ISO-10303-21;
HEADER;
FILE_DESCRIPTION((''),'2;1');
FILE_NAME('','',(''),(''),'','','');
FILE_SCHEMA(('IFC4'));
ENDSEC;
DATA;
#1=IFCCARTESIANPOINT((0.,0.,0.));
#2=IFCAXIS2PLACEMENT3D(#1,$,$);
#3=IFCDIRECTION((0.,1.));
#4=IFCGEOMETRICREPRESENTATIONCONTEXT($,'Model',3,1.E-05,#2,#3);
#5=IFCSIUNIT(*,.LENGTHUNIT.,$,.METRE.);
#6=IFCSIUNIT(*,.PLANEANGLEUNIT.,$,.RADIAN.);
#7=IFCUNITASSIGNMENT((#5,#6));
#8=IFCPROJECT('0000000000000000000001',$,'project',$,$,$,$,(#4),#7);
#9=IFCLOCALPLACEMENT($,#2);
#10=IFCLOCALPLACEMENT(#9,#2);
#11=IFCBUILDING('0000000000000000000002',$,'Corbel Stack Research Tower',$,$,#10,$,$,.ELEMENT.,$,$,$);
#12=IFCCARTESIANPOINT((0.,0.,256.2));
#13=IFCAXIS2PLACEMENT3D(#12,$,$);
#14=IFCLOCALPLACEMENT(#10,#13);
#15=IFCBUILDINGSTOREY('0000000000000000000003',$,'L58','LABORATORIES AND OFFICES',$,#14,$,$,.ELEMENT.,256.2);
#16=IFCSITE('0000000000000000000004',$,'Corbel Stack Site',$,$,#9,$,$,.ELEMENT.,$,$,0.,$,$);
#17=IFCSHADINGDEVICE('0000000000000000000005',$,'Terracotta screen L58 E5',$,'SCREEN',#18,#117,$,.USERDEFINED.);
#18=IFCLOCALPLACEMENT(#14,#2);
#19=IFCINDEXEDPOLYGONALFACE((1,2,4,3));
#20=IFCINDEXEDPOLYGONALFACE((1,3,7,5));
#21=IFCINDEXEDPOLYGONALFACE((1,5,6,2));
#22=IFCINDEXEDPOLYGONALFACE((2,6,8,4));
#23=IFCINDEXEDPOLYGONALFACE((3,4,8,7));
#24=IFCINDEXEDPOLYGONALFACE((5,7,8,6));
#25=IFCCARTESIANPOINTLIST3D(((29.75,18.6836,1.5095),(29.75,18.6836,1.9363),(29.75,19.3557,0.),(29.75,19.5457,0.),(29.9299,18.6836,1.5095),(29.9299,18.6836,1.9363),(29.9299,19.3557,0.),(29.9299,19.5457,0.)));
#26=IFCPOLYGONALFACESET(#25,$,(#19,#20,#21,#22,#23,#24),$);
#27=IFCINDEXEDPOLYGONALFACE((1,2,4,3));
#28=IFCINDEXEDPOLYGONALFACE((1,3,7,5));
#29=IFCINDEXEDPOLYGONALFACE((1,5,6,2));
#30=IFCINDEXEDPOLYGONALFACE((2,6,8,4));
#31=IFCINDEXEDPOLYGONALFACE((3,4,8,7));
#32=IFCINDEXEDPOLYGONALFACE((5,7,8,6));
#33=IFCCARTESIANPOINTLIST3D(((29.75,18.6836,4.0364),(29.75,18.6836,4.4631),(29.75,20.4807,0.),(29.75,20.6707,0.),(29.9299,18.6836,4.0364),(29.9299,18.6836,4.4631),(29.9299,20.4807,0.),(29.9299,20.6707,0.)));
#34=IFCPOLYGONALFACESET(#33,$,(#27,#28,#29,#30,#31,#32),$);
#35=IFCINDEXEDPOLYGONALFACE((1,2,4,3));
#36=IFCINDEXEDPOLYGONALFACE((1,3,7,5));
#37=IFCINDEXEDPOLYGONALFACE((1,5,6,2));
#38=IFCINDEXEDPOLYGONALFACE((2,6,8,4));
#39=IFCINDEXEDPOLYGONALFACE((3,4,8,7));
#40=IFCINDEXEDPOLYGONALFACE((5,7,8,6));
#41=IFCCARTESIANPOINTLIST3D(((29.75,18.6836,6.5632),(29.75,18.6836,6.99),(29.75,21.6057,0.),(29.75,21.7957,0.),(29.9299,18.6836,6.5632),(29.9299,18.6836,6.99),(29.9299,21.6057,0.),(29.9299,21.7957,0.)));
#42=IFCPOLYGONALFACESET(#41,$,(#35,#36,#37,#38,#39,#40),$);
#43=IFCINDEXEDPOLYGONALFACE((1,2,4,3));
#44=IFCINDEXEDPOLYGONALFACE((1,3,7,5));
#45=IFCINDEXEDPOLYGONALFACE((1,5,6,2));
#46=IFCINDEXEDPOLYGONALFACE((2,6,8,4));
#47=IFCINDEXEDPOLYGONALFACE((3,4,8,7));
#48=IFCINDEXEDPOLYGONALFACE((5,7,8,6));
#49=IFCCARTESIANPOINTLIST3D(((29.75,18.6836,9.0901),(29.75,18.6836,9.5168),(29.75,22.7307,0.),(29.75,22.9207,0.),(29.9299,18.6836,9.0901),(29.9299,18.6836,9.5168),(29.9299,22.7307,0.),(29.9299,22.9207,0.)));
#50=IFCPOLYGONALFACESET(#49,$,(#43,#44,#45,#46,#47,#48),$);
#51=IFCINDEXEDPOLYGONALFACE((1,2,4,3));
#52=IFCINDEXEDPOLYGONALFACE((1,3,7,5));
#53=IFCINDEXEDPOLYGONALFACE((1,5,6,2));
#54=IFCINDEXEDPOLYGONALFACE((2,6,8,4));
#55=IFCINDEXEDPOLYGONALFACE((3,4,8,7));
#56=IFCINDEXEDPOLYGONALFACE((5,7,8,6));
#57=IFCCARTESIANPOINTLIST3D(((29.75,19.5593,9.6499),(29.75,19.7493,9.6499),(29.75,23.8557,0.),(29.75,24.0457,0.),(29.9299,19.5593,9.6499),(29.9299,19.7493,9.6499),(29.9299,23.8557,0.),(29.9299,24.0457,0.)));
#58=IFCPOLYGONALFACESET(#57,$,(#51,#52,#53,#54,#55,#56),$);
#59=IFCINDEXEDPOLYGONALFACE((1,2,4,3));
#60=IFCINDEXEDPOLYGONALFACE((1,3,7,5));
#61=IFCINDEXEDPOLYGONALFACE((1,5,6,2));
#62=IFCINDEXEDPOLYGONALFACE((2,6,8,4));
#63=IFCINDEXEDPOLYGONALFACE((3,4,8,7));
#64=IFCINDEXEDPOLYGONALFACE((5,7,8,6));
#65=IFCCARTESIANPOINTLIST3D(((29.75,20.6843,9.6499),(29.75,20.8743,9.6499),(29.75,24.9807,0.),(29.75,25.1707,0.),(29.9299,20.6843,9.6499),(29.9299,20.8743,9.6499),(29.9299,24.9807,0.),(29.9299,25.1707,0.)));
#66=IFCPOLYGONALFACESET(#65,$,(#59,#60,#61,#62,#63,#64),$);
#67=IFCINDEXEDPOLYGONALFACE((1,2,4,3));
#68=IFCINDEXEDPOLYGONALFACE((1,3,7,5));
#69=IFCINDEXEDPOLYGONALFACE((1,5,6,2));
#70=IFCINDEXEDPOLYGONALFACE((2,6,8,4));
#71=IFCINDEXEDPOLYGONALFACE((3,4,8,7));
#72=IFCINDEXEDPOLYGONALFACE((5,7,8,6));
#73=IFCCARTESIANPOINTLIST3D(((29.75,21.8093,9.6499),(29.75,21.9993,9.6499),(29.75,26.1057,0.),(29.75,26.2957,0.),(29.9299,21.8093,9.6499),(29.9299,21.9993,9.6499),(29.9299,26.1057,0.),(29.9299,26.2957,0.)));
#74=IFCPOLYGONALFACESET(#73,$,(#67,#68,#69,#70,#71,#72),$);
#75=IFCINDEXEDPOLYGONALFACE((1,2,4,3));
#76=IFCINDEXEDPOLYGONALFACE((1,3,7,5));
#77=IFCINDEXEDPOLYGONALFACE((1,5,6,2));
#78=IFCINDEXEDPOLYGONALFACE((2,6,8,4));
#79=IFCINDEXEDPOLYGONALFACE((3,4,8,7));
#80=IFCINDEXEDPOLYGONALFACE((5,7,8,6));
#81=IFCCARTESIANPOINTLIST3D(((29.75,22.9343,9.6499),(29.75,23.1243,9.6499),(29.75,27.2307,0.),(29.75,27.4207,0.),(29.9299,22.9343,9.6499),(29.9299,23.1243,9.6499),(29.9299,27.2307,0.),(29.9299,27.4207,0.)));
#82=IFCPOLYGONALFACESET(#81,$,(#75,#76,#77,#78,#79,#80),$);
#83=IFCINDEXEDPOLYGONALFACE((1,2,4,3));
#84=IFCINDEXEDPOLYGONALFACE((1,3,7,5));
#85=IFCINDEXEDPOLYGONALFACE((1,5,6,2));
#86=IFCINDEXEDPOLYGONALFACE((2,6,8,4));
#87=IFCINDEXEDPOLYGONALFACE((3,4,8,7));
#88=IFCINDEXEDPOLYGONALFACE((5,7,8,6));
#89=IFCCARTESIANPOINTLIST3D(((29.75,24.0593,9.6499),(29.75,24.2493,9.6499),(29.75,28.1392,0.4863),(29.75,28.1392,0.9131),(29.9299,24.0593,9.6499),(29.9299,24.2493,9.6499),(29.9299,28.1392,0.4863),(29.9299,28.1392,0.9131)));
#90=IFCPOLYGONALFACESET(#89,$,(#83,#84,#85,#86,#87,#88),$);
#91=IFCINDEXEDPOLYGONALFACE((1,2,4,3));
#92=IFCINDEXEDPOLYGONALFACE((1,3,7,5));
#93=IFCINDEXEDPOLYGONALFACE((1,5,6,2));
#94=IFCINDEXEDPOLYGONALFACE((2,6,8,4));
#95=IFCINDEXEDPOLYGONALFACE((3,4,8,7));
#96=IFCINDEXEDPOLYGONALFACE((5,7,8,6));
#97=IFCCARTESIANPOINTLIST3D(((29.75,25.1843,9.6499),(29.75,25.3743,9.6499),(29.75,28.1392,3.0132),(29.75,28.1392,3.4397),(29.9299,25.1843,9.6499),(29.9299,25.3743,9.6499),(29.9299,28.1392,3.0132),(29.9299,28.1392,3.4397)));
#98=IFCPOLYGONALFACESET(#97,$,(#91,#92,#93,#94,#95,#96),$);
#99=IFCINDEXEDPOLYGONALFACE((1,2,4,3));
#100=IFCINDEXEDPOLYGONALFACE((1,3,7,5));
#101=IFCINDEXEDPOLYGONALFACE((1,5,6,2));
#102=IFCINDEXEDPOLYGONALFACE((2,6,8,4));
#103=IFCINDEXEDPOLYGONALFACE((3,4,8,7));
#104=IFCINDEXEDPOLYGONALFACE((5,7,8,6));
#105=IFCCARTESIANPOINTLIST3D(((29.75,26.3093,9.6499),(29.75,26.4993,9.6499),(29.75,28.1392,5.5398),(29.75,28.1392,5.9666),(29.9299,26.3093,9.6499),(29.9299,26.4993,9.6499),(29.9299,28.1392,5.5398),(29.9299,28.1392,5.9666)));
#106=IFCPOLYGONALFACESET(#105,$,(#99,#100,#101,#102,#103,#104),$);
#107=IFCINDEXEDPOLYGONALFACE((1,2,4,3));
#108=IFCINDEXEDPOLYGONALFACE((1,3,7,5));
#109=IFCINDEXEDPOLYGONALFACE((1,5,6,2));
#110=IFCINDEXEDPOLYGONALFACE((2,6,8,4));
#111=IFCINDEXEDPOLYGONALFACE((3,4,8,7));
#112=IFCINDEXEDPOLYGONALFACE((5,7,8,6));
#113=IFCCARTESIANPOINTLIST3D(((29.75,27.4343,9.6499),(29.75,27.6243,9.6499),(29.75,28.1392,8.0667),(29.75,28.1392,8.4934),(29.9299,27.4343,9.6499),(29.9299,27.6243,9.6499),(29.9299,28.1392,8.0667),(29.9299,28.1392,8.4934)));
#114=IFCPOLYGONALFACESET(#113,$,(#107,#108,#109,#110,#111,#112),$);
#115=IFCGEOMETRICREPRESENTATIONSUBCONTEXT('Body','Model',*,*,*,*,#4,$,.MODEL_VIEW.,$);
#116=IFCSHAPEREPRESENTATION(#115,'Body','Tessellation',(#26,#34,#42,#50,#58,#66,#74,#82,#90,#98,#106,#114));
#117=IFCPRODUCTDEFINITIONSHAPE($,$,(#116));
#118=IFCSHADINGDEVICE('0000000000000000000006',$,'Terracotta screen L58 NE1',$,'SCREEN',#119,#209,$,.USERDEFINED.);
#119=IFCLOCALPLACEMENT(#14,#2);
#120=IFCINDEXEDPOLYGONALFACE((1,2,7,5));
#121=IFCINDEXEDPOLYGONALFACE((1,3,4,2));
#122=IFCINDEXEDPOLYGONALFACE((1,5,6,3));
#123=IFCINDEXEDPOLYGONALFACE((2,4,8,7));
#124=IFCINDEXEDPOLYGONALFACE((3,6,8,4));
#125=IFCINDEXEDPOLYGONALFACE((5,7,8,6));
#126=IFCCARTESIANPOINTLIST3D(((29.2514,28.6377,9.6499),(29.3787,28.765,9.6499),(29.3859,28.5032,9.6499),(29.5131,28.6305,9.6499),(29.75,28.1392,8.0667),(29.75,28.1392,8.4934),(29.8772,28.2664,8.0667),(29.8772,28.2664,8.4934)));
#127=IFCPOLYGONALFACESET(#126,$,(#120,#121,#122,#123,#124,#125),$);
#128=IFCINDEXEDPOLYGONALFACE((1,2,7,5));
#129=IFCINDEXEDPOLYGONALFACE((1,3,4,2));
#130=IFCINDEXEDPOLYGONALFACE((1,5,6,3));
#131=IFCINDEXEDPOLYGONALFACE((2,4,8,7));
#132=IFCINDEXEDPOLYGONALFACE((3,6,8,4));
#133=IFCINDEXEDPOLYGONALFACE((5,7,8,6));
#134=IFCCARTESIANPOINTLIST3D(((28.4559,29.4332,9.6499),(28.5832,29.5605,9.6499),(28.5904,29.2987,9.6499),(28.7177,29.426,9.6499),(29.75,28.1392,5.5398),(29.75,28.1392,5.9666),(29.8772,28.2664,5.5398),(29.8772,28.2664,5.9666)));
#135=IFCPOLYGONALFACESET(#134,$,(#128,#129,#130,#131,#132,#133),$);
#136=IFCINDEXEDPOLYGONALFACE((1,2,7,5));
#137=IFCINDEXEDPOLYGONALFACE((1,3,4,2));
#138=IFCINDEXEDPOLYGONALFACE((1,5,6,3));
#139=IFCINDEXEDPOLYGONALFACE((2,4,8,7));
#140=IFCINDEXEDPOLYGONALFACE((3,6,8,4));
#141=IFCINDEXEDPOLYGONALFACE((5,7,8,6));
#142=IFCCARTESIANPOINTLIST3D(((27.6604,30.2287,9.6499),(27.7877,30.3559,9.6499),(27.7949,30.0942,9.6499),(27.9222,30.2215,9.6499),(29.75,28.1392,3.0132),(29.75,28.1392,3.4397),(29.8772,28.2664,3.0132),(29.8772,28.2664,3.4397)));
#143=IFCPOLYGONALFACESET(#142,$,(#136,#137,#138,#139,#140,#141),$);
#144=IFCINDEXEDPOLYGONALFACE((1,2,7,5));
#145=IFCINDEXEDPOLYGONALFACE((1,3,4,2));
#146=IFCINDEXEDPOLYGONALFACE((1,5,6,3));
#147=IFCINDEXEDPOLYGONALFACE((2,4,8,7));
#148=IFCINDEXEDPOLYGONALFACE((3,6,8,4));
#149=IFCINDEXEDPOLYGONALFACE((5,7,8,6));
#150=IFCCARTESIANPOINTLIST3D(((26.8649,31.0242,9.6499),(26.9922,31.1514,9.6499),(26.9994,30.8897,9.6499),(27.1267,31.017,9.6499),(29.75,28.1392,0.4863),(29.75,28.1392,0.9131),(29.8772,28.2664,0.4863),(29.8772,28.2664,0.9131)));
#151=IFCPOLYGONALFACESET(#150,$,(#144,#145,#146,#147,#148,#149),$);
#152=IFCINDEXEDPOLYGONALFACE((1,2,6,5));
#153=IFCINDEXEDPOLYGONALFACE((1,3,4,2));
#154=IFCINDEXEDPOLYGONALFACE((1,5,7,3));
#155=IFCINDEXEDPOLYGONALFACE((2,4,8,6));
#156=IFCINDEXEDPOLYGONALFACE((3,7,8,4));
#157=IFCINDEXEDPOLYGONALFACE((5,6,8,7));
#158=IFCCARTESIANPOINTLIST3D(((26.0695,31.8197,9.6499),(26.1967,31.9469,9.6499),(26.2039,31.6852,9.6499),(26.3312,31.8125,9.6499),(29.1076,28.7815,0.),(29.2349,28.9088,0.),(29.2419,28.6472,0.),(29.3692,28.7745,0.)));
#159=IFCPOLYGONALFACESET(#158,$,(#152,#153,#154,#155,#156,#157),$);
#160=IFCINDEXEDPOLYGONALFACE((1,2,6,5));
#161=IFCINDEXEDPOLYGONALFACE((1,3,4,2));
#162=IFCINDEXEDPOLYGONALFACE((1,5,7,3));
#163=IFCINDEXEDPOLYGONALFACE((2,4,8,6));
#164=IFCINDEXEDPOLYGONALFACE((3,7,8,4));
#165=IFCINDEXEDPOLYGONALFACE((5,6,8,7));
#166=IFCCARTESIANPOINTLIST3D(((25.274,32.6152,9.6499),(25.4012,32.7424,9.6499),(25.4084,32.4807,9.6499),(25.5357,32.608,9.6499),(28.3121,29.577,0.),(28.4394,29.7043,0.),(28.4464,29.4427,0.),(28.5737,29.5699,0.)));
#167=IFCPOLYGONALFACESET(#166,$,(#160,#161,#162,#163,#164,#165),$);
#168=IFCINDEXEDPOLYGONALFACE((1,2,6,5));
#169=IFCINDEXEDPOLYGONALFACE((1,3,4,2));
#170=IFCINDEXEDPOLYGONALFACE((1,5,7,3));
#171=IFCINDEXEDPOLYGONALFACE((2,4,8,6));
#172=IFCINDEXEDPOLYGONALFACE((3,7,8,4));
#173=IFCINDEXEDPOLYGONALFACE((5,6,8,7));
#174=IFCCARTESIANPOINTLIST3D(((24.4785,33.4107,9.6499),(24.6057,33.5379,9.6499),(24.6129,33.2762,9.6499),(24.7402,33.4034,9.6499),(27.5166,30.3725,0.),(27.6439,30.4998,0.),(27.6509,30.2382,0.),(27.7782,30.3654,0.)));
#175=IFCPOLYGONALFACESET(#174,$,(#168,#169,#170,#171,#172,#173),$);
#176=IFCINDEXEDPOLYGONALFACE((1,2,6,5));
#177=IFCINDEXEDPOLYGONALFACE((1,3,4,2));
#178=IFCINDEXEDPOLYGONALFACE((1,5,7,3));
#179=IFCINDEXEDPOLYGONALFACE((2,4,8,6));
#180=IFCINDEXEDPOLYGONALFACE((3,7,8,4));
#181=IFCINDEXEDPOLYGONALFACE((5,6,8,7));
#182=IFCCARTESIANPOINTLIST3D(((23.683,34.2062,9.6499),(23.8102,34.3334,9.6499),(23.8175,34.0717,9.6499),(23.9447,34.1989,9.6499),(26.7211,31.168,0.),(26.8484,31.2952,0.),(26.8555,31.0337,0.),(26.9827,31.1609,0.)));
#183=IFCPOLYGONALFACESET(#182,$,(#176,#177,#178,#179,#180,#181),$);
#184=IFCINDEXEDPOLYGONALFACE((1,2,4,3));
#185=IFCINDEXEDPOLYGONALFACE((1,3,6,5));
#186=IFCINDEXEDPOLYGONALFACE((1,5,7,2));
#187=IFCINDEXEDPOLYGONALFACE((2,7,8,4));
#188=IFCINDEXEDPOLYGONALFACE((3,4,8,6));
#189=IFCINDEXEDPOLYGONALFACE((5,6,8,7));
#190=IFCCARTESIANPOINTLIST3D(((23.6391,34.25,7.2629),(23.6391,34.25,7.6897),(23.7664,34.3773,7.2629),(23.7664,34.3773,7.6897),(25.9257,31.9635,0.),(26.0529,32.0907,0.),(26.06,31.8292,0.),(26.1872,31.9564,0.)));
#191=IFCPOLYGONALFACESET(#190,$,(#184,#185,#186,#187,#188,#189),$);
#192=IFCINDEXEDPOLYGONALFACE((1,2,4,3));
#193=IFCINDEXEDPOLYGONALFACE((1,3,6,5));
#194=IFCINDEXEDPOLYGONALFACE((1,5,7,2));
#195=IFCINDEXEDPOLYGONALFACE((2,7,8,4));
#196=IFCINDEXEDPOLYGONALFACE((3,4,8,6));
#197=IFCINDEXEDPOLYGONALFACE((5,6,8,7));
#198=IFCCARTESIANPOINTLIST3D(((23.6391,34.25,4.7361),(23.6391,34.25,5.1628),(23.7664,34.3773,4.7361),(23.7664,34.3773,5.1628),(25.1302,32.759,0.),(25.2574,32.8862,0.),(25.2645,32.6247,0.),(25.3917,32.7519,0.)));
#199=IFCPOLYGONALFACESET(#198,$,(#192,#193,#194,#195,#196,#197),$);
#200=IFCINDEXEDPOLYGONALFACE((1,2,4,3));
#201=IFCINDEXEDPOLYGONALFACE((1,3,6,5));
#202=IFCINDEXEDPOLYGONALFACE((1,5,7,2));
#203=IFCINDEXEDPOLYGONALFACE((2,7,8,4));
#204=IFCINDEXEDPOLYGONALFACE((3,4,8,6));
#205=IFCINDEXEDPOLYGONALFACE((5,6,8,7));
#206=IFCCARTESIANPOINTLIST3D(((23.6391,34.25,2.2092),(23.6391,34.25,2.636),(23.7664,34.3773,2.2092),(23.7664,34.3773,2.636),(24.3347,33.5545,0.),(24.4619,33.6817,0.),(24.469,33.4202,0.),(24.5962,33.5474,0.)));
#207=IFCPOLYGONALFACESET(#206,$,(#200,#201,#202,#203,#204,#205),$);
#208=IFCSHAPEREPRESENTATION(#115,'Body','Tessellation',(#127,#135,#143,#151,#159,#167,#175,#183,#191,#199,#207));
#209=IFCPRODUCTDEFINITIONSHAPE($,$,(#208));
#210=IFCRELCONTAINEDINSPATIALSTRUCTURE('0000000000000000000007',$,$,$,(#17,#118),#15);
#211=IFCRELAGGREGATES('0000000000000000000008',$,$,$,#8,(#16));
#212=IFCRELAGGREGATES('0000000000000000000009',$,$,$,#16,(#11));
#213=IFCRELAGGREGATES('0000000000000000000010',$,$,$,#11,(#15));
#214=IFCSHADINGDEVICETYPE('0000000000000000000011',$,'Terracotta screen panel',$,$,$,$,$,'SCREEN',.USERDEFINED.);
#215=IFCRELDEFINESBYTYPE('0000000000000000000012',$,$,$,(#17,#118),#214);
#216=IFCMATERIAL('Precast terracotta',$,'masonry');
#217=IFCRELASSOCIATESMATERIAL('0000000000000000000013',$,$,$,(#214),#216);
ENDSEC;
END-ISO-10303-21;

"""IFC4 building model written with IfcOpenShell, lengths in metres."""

from ifc_helpers import new_model, si_unit, direction, frame, origin, place, context, subcontext, project, spatial, polyline, outline, extrude, source, transform, mapped, material, type_object, element, save


model = new_model("IFC4")

# Units and contexts
model_context = context("Model", 3, precision=1e-05, world=origin(), true_north=direction((0.0, 1.0)))
body_context = subcontext(model_context, "Body", "Model", "MODEL_VIEW")
ifc_project = project(units=[si_unit("LENGTHUNIT", "METRE"), si_unit("PLANEANGLEUNIT", "RADIAN")], contexts=[model_context])

# Site, building, storey
site_placement = place(None, origin())
site = spatial("IfcSite", under=ifc_project, at=site_placement, Name="Corbel Stack Site", CompositionType="ELEMENT", RefElevation=0.0)
building_placement = place(site_placement, origin())
building = spatial("IfcBuilding", under=site, at=building_placement, Name="Corbel Stack Research Tower", CompositionType="ELEMENT")
storey_placement = place(building_placement, frame((0.0, 0.0, 256.2)))
storey = spatial("IfcBuildingStorey", under=building, at=storey_placement, Name="L58", Description="LABORATORIES AND OFFICES", CompositionType="ELEMENT", Elevation=256.2)

# Shading devices
ifc_material_1 = material(Name="Precast terracotta", Category="masonry")
shading_device_type = type_object("IfcShadingDeviceType", Name="Terracotta screen panel", ElementType="SCREEN", PredefinedType="USERDEFINED", material=ifc_material_1)
shared_shape_1 = source(origin(), body_context, "Body", "SweptSolid", [
    extrude(outline(polyline([(0.8621, 0.0), (0.0, 1.9363), (0.0, 1.5095), (0.6721, 0.0), (0.8621, 0.0)])), frame((0.0, 0.0, 0.0), z_axis=(0.0, -1.0, 0.0), x_axis=(1.0, 0.0, 0.0)), (0.0, 0.0, 1.0), 0.1799),
    extrude(outline(polyline([(1.9871, 0.0), (0.0, 4.4631), (0.0, 4.0364), (1.7971, 0.0), (1.9871, 0.0)])), frame((0.0, 0.0, 0.0), z_axis=(0.0, -1.0, 0.0), x_axis=(1.0, 0.0, 0.0)), (0.0, 0.0, 1.0), 0.1799),
    extrude(outline(polyline([(3.1121, 0.0), (0.0, 6.99), (0.0, 6.5632), (2.9221, 0.0), (3.1121, 0.0)])), frame((0.0, 0.0, 0.0), z_axis=(0.0, -1.0, 0.0), x_axis=(1.0, 0.0, 0.0)), (0.0, 0.0, 1.0), 0.1799),
    extrude(outline(polyline([(4.2371, 0.0), (0.0, 9.5168), (0.0, 9.0901), (4.0471, 0.0), (4.2371, 0.0)])), frame((0.0, 0.0, 0.0), z_axis=(0.0, -1.0, 0.0), x_axis=(1.0, 0.0, 0.0)), (0.0, 0.0, 1.0), 0.1799),
    extrude(outline(polyline([(5.3621, 0.0), (1.0657, 9.6499), (0.8757, 9.6499), (5.1721, 0.0), (5.3621, 0.0)])), frame((0.0, 0.0, 0.0), z_axis=(0.0, -1.0, 0.0), x_axis=(1.0, 0.0, 0.0)), (0.0, 0.0, 1.0), 0.1799),
    extrude(outline(polyline([(6.4871, 0.0), (2.1907, 9.6499), (2.0007, 9.6499), (6.2971, 0.0), (6.4871, 0.0)])), frame((0.0, 0.0, 0.0), z_axis=(0.0, -1.0, 0.0), x_axis=(1.0, 0.0, 0.0)), (0.0, 0.0, 1.0), 0.1799),
    extrude(outline(polyline([(7.6121, 0.0), (3.3157, 9.6499), (3.1257, 9.6499), (7.4221, 0.0), (7.6121, 0.0)])), frame((0.0, 0.0, 0.0), z_axis=(0.0, -1.0, 0.0), x_axis=(1.0, 0.0, 0.0)), (0.0, 0.0, 1.0), 0.1799),
    extrude(outline(polyline([(8.7371, 0.0), (4.4407, 9.6499), (4.2507, 9.6499), (8.5471, 0.0), (8.7371, 0.0)])), frame((0.0, 0.0, 0.0), z_axis=(0.0, -1.0, 0.0), x_axis=(1.0, 0.0, 0.0)), (0.0, 0.0, 1.0), 0.1799),
    extrude(outline(polyline([(5.5657, 9.6499), (5.3757, 9.6499), (9.4556, 0.4863), (9.4556, 0.9131), (5.5657, 9.6499)])), frame((0.0, 0.0, 0.0), z_axis=(0.0, -1.0, 0.0), x_axis=(1.0, 0.0, 0.0)), (0.0, 0.0, 1.0), 0.1799),
    extrude(outline(polyline([(6.6907, 9.6499), (6.5007, 9.6499), (9.4556, 3.0132), (9.4556, 3.4397), (6.6907, 9.6499)])), frame((0.0, 0.0, 0.0), z_axis=(0.0, -1.0, 0.0), x_axis=(1.0, 0.0, 0.0)), (0.0, 0.0, 1.0), 0.1799),
    extrude(outline(polyline([(7.8157, 9.6499), (7.6257, 9.6499), (9.4556, 5.5398), (9.4556, 5.9666), (7.8157, 9.6499)])), frame((0.0, 0.0, 0.0), z_axis=(0.0, -1.0, 0.0), x_axis=(1.0, 0.0, 0.0)), (0.0, 0.0, 1.0), 0.1799),
    extrude(outline(polyline([(8.9407, 9.6499), (8.7507, 9.6499), (9.4556, 8.0667), (9.4556, 8.4934), (8.9407, 9.6499)])), frame((0.0, 0.0, 0.0), z_axis=(0.0, -1.0, 0.0), x_axis=(1.0, 0.0, 0.0)), (0.0, 0.0, 1.0), 0.1799),
])
shading_device_1_placement = place(storey_placement, frame((29.75, 18.6836, 0.0), z_axis=(0.0, 0.0, 1.0), x_axis=(0.0, 1.0, 0.0)))
element("IfcShadingDevice", 1, at=shading_device_1_placement, inside=storey, type_object=shading_device_type, Name="Terracotta screen L58 E5", ObjectType="SCREEN", PredefinedType="USERDEFINED", context=body_context, shape_type="MappedRepresentation", body=[
    mapped(shared_shape_1, transform((0.0, 0.0, 0.0))),
])
shared_shape_2 = source(origin(), body_context, "Body", "SweptSolid", [
    extrude(outline(polyline([(0.7051, 9.6499), (0.5149, 9.6499), (0.0, 8.4934), (0.0, 8.0667), (0.7051, 9.6499)])), frame((0.0, 0.0, 0.0), z_axis=(0.0, -1.0, 0.0), x_axis=(1.0, 0.0, 0.0)), (0.0, 0.0, 1.0), 0.1799),
    extrude(outline(polyline([(1.8301, 9.6499), (1.6399, 9.6499), (0.0, 5.9666), (0.0, 5.5398), (1.8301, 9.6499)])), frame((0.0, 0.0, 0.0), z_axis=(0.0, -1.0, 0.0), x_axis=(1.0, 0.0, 0.0)), (0.0, 0.0, 1.0), 0.1799),
    extrude(outline(polyline([(2.9551, 9.6499), (2.7649, 9.6499), (0.0, 3.4397), (0.0, 3.0132), (2.9551, 9.6499)])), frame((0.0, 0.0, 0.0), z_axis=(0.0, -1.0, 0.0), x_axis=(1.0, 0.0, 0.0)), (0.0, 0.0, 1.0), 0.1799),
    extrude(outline(polyline([(4.0801, 9.6499), (3.8899, 9.6499), (0.0, 0.9131), (0.0, 0.4863), (4.0801, 9.6499)])), frame((0.0, 0.0, 0.0), z_axis=(0.0, -1.0, 0.0), x_axis=(1.0, 0.0, 0.0)), (0.0, 0.0, 1.0), 0.1799),
    extrude(outline(polyline([(0.9084, 0.0), (5.2051, 9.6499), (5.0149, 9.6499), (0.7185, 0.0), (0.9084, 0.0)])), frame((0.0, 0.0, 0.0), z_axis=(0.0, -1.0, 0.0), x_axis=(1.0, 0.0, 0.0)), (0.0, 0.0, 1.0), 0.1799),
    extrude(outline(polyline([(2.0334, 0.0), (6.3301, 9.6499), (6.1399, 9.6499), (1.8435, 0.0), (2.0334, 0.0)])), frame((0.0, 0.0, 0.0), z_axis=(0.0, -1.0, 0.0), x_axis=(1.0, 0.0, 0.0)), (0.0, 0.0, 1.0), 0.1799),
    extrude(outline(polyline([(3.1584, 0.0), (7.4551, 9.6499), (7.2649, 9.6499), (2.9685, 0.0), (3.1584, 0.0)])), frame((0.0, 0.0, 0.0), z_axis=(0.0, -1.0, 0.0), x_axis=(1.0, 0.0, 0.0)), (0.0, 0.0, 1.0), 0.1799),
    extrude(outline(polyline([(4.2834, 0.0), (8.5801, 9.6499), (8.3899, 9.6499), (4.0935, 0.0), (4.2834, 0.0)])), frame((0.0, 0.0, 0.0), z_axis=(0.0, -1.0, 0.0), x_axis=(1.0, 0.0, 0.0)), (0.0, 0.0, 1.0), 0.1799),
    extrude(outline(polyline([(5.4084, 0.0), (8.6421, 7.2629), (8.6421, 7.6897), (5.2185, 0.0), (5.4084, 0.0)])), frame((0.0, 0.0, 0.0), z_axis=(0.0, -1.0, 0.0), x_axis=(1.0, 0.0, 0.0)), (0.0, 0.0, 1.0), 0.1799),
    extrude(outline(polyline([(6.5334, 0.0), (8.6421, 4.7361), (8.6421, 5.1628), (6.3435, 0.0), (6.5334, 0.0)])), frame((0.0, 0.0, 0.0), z_axis=(0.0, -1.0, 0.0), x_axis=(1.0, 0.0, 0.0)), (0.0, 0.0, 1.0), 0.1799),
    extrude(outline(polyline([(7.6584, 0.0), (8.6421, 2.2092), (8.6421, 2.636), (7.4685, 0.0), (7.6584, 0.0)])), frame((0.0, 0.0, 0.0), z_axis=(0.0, -1.0, 0.0), x_axis=(1.0, 0.0, 0.0)), (0.0, 0.0, 1.0), 0.1799),
])
shading_device_2_placement = place(storey_placement, frame((29.75, 28.1392, 0.0), z_axis=(0.0, 0.0, 1.0), x_axis=(-0.707107, 0.707107, 0.0)))
element("IfcShadingDevice", 2, at=shading_device_2_placement, inside=storey, type_object=shading_device_type, Name="Terracotta screen L58 NE1", ObjectType="SCREEN", PredefinedType="USERDEFINED", context=body_context, shape_type="MappedRepresentation", body=[
    mapped(shared_shape_2, transform((0.0, 0.0, 0.0))),
])

save(model, "model.ifc")
